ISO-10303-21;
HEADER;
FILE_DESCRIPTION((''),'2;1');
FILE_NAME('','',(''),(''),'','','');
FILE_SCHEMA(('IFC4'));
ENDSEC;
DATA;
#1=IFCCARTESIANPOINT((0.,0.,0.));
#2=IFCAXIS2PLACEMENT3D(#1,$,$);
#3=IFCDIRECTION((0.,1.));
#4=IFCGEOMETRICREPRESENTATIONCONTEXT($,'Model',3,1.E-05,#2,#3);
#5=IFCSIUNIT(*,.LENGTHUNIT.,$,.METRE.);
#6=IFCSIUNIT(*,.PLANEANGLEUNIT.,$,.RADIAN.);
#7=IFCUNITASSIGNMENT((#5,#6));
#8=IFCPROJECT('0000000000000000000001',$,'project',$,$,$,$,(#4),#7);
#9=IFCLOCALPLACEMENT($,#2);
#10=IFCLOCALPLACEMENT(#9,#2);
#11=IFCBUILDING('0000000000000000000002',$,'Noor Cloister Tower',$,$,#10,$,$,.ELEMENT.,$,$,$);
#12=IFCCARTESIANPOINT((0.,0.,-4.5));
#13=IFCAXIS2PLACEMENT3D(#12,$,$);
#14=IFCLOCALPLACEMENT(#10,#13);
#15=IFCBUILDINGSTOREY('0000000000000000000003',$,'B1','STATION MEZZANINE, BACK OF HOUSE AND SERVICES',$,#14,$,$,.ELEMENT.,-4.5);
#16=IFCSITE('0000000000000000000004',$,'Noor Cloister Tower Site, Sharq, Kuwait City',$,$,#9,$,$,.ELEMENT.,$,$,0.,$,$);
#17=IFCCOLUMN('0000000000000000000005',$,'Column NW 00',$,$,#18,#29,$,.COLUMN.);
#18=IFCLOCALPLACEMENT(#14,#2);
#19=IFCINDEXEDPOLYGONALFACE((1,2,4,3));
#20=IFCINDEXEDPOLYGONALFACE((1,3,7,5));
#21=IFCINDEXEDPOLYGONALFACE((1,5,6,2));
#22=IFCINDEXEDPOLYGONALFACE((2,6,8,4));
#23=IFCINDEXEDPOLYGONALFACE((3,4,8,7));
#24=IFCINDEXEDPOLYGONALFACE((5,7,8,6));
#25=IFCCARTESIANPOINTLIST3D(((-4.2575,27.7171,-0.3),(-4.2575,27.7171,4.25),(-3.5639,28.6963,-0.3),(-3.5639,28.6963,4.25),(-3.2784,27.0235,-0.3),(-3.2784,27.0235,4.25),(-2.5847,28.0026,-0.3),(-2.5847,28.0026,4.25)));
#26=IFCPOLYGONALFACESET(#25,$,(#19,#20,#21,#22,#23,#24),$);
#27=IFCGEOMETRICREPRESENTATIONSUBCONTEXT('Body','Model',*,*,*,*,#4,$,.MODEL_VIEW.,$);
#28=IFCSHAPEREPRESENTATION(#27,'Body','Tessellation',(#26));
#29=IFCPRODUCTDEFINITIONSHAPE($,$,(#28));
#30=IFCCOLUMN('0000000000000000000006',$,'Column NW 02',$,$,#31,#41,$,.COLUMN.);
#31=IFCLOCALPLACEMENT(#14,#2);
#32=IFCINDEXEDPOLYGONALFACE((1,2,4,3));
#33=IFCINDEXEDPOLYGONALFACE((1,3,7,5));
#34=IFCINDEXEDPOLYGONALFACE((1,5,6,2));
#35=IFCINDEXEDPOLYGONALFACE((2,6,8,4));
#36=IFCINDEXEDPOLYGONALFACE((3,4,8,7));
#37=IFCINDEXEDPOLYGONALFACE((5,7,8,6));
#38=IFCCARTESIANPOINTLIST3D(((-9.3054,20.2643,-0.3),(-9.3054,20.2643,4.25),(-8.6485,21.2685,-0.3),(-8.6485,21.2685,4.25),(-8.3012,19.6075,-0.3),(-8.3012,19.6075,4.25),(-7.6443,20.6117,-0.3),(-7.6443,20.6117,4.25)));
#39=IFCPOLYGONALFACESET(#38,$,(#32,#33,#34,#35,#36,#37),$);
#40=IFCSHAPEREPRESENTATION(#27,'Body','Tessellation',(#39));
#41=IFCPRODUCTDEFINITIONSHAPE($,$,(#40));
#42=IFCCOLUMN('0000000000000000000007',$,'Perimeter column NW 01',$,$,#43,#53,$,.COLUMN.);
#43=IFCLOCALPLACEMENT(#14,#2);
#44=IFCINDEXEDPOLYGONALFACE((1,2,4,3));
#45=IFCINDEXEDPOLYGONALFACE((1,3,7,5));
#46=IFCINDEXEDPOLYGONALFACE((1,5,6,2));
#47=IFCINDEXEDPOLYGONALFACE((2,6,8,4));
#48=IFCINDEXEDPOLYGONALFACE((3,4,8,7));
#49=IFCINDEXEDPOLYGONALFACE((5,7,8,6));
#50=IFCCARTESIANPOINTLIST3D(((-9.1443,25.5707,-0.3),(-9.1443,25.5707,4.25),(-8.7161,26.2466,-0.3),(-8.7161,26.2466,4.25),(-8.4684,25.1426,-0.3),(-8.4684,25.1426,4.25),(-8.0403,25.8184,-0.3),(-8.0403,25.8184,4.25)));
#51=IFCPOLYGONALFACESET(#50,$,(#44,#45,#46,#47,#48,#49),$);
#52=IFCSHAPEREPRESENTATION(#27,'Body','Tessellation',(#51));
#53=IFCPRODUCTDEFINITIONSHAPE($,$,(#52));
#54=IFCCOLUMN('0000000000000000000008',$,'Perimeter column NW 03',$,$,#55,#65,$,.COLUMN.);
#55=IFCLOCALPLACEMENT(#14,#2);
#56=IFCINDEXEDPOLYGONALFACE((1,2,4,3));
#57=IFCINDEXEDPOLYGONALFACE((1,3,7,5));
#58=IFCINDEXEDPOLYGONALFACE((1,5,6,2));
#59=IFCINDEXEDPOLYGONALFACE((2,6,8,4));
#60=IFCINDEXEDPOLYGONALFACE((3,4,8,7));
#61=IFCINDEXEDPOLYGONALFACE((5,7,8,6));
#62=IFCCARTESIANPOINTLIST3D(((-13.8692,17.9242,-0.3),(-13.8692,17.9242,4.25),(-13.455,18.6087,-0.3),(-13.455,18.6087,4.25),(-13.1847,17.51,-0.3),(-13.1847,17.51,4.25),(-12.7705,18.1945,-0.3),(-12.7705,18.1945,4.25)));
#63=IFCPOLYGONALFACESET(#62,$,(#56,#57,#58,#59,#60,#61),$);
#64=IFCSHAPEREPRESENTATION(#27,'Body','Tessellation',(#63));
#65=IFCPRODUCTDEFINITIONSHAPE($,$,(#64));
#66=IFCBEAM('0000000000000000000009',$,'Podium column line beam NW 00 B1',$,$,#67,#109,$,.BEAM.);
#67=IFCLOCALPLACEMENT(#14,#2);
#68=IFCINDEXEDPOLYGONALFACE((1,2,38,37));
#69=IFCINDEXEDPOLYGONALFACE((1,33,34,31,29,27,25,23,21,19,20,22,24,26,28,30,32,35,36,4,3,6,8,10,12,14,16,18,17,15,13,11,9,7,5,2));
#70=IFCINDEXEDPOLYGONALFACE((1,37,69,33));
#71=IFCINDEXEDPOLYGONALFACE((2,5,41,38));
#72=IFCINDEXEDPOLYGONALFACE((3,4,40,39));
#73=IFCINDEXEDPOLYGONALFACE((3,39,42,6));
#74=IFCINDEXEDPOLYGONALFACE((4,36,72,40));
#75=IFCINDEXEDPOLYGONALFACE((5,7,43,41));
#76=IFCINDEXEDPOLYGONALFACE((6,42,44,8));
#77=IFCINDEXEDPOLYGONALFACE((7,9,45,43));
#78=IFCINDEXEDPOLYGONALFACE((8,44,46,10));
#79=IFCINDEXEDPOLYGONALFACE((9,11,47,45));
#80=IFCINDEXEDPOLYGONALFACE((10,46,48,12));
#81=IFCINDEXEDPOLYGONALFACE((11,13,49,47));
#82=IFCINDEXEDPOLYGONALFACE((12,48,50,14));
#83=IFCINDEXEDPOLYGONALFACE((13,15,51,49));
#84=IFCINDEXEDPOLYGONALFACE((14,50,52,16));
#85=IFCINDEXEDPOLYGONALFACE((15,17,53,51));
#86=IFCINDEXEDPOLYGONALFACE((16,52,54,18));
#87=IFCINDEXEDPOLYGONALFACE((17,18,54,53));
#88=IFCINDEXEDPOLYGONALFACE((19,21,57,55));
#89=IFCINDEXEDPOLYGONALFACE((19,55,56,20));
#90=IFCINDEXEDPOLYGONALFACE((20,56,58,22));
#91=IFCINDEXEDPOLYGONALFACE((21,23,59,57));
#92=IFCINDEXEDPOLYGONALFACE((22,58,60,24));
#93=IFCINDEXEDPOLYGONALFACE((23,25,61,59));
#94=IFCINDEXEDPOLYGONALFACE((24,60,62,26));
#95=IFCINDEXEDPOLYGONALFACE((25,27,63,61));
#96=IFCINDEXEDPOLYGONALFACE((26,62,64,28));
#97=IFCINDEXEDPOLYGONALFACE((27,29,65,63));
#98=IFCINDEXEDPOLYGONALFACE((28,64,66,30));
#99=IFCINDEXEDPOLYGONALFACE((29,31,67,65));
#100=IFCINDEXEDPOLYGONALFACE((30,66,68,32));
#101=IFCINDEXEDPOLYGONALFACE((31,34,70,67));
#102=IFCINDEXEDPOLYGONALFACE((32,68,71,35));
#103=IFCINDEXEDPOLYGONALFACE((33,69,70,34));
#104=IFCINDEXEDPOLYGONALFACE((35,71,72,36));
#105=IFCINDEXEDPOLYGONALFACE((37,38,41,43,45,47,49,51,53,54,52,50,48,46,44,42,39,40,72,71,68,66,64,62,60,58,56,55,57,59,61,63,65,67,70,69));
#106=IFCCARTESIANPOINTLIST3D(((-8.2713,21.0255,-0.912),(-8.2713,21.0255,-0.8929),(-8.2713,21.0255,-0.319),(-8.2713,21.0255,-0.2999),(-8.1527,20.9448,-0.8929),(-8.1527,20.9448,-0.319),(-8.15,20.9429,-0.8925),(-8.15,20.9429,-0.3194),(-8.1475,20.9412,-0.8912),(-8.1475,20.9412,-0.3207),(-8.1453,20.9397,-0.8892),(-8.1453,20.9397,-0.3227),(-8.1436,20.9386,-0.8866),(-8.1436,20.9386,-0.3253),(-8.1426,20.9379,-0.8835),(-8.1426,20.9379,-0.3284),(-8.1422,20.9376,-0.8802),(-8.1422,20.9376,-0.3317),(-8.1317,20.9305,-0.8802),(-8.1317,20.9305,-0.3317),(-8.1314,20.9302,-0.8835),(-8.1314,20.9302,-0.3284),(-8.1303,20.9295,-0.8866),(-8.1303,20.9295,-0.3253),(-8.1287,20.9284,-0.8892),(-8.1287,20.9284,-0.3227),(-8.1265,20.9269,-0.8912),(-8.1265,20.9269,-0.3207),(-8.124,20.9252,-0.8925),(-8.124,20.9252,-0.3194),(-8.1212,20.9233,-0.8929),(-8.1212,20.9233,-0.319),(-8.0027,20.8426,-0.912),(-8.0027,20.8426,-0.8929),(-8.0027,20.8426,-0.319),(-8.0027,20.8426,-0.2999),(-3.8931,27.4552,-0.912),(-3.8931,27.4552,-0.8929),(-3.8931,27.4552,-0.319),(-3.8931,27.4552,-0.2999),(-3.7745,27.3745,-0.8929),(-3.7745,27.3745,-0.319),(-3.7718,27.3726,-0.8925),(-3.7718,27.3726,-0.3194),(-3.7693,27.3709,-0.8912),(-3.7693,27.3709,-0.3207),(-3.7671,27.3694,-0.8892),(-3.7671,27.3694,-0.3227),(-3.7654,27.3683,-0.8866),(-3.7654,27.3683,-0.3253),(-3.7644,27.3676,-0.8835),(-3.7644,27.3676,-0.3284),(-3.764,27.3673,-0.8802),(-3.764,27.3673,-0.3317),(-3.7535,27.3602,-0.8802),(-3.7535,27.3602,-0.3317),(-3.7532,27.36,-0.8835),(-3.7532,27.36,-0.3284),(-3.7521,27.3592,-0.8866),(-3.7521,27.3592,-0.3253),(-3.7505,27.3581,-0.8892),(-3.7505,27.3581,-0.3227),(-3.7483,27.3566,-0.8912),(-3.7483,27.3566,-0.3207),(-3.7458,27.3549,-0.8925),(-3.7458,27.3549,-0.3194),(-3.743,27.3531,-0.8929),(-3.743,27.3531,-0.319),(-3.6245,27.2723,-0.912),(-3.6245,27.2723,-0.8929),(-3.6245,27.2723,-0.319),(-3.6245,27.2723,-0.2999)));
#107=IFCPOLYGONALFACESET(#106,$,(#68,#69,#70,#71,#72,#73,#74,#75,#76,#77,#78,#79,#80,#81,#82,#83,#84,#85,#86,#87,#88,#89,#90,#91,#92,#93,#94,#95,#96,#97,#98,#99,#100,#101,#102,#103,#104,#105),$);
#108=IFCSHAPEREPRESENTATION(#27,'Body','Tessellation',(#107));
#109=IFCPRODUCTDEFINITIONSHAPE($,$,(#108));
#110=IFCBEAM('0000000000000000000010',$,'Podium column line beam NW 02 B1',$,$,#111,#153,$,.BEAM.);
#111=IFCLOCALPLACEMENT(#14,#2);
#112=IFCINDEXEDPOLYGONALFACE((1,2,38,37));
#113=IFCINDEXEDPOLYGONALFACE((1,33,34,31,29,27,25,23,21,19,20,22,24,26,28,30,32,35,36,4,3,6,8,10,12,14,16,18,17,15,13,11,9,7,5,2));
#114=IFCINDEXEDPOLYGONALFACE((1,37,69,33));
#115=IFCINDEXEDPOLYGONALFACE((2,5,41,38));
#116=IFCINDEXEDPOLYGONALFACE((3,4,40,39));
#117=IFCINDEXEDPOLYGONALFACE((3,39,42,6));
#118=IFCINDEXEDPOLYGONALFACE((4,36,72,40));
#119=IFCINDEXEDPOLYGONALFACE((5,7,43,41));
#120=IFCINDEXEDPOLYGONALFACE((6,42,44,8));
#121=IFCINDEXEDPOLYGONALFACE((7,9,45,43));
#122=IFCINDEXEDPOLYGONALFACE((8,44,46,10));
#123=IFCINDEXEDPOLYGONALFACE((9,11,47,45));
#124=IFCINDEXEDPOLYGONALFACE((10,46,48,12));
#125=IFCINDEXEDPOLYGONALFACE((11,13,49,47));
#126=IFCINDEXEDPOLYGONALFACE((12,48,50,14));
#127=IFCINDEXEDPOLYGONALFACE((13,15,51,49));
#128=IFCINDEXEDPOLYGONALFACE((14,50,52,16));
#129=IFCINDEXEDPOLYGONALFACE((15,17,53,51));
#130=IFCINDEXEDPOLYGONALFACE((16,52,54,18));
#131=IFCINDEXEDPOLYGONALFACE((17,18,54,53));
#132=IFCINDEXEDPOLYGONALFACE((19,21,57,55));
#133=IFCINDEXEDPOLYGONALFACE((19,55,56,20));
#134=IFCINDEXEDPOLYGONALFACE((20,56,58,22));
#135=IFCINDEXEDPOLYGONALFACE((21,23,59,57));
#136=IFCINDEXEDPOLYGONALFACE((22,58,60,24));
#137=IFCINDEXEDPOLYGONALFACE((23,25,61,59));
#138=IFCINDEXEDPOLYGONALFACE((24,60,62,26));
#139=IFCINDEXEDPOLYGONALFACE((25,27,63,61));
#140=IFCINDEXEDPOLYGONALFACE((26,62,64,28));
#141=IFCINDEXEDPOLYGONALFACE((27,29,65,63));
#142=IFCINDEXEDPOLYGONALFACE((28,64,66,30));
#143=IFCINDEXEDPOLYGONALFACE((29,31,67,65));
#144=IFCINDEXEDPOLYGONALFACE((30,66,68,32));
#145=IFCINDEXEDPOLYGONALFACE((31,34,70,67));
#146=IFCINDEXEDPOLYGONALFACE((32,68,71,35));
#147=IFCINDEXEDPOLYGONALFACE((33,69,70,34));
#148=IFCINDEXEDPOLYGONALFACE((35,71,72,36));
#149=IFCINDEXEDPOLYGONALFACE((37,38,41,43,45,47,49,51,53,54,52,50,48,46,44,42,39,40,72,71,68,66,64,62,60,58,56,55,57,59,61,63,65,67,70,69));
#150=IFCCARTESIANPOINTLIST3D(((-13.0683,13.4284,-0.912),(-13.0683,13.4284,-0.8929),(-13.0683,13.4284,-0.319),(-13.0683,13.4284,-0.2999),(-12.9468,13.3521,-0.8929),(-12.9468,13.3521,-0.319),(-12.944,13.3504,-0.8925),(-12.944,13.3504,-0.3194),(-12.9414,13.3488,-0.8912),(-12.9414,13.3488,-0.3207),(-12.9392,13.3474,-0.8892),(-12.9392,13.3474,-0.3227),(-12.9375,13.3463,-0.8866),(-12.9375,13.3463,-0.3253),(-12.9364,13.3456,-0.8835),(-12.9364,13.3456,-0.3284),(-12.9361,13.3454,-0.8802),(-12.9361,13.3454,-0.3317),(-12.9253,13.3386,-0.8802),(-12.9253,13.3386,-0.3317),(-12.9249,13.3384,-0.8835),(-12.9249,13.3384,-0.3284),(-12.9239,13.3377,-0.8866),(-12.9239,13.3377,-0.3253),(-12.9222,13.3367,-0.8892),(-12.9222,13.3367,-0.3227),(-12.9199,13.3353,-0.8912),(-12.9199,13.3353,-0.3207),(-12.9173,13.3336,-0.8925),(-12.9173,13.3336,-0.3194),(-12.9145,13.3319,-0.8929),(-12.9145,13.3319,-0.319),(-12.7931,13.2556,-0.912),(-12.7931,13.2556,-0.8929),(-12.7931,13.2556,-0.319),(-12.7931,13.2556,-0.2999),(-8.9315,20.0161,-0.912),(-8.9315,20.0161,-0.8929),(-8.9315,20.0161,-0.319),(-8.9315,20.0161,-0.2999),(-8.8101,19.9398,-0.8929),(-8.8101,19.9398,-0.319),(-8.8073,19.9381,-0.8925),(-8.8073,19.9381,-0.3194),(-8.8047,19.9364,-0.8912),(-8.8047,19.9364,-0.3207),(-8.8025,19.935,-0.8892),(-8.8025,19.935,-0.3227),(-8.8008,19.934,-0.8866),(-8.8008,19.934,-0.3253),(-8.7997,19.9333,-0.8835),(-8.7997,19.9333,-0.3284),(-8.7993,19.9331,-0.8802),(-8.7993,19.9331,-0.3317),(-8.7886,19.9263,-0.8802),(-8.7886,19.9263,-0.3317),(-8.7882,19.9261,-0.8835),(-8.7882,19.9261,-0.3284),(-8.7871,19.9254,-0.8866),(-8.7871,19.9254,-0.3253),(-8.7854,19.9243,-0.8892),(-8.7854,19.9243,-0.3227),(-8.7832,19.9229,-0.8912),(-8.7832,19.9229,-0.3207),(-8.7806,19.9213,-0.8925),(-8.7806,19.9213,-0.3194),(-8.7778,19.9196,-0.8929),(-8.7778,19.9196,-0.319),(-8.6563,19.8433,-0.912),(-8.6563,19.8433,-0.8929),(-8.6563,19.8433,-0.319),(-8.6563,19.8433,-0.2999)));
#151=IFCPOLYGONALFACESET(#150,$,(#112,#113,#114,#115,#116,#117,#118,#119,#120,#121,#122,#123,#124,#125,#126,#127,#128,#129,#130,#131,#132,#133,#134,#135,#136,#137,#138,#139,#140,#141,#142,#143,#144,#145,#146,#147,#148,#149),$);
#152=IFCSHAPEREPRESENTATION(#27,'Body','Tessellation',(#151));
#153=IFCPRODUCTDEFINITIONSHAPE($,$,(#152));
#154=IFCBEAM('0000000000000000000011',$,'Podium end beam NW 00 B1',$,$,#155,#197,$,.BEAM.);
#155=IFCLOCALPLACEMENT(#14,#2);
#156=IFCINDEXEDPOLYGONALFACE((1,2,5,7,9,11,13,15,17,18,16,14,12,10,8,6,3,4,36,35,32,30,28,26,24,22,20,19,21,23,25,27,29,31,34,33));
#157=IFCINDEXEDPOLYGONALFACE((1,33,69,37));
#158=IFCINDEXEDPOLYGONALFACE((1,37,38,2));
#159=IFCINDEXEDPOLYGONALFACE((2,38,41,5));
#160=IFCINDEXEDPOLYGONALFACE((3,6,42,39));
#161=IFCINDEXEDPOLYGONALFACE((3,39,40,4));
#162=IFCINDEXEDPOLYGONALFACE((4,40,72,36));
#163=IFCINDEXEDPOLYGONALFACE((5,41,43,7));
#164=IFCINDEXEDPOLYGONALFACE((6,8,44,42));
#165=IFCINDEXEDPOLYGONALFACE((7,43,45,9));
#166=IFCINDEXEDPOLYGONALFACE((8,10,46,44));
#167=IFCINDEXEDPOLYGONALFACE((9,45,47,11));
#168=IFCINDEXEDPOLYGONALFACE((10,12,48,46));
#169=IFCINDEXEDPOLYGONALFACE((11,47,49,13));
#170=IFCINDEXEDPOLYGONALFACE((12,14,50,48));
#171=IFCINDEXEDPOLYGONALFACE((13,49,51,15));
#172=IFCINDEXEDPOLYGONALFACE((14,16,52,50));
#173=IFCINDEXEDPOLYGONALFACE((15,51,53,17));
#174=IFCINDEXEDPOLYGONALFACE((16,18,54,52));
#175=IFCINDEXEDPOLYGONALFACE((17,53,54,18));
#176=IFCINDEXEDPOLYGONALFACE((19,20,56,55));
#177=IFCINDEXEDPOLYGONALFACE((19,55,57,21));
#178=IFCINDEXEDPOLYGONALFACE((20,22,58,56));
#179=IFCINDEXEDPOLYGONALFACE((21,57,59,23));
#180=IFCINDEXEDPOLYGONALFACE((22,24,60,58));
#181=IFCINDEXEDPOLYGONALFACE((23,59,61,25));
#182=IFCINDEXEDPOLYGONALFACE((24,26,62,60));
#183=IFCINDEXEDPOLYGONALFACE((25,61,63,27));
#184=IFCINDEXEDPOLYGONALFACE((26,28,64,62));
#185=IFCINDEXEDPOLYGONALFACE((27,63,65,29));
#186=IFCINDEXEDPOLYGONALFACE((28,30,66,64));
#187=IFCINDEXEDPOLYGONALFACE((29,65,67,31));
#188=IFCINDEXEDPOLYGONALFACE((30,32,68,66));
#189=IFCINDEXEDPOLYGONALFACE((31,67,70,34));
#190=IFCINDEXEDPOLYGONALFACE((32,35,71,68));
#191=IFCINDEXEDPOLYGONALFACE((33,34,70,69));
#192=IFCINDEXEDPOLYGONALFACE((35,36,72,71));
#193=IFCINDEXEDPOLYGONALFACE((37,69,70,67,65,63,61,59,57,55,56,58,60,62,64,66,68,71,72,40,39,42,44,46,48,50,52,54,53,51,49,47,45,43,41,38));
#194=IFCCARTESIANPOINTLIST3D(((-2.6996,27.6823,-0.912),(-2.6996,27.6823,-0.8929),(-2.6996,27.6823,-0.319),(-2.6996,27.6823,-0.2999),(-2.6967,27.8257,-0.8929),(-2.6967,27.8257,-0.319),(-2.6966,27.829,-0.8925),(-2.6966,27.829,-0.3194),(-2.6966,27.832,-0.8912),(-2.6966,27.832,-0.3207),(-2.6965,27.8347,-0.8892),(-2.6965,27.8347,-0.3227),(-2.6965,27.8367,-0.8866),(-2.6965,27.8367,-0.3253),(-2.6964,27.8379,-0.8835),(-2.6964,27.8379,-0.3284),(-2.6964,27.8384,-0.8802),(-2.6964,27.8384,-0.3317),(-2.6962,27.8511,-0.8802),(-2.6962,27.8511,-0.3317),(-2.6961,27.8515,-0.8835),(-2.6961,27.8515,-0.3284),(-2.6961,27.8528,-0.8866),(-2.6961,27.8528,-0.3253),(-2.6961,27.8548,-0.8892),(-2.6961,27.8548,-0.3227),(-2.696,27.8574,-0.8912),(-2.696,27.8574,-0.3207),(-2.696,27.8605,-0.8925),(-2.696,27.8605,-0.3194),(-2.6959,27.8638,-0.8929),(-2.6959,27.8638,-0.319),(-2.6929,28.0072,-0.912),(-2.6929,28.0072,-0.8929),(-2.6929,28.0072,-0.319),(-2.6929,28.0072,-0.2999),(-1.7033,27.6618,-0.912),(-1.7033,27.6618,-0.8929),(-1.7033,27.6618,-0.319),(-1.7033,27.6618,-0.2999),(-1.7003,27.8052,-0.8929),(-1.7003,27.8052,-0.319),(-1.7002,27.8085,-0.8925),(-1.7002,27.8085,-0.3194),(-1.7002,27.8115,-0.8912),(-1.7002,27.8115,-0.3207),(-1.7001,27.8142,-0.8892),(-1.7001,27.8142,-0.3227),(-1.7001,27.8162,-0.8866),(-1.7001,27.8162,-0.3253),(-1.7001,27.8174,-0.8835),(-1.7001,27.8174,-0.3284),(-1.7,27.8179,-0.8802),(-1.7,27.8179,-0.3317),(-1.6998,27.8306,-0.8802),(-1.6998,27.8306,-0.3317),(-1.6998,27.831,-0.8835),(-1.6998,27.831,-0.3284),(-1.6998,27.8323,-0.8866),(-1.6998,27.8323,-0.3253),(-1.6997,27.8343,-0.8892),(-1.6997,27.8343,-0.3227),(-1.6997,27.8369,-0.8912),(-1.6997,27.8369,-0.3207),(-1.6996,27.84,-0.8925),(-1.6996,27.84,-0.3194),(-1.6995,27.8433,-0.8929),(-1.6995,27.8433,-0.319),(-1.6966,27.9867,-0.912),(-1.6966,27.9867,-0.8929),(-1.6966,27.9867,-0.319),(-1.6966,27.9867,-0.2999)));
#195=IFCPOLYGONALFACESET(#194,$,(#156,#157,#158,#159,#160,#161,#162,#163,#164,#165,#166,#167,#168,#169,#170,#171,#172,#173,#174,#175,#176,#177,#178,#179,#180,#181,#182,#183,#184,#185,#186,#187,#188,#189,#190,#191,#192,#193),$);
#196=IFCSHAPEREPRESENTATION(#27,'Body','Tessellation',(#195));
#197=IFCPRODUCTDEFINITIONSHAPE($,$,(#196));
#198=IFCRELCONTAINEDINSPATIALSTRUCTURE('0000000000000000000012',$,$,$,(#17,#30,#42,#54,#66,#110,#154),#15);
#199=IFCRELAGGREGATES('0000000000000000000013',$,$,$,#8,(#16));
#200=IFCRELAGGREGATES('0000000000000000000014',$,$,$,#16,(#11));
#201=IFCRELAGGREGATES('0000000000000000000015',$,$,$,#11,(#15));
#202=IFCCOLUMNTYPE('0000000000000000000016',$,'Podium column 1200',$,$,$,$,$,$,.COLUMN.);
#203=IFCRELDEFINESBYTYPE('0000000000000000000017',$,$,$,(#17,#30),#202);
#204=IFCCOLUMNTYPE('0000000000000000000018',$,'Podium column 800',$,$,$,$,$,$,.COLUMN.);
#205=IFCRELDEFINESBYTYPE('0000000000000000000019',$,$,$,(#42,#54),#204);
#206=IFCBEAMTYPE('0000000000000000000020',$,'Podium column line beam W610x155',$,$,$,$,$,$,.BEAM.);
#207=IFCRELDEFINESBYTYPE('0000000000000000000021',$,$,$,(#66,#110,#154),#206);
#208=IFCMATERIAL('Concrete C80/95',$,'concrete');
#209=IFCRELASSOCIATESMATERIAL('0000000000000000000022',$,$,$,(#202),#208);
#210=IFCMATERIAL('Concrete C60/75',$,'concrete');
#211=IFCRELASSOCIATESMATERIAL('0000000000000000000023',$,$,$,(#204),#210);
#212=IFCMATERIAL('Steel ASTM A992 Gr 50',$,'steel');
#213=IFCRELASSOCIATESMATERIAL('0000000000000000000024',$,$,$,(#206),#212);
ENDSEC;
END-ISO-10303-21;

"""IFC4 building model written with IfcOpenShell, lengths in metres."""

from ifc_helpers import new_model, si_unit, direction, frame, origin, origin_2d, place, context, subcontext, project, spatial, rectangle, i_section, extrude, material, material_profile, profile_set, type_object, element, save


model = new_model("IFC4")

# Units and contexts
model_context = context("Model", 3, precision=1e-05, world=origin(), true_north=direction((0.0, 1.0)))
body_context = subcontext(model_context, "Body", "Model", "MODEL_VIEW")
ifc_project = project(units=[si_unit("LENGTHUNIT", "METRE"), si_unit("PLANEANGLEUNIT", "RADIAN")], contexts=[model_context])

# Site, building, storey
site_placement = place(None, origin())
site = spatial("IfcSite", under=ifc_project, at=site_placement, Name="Noor Cloister Tower Site, Sharq, Kuwait City", CompositionType="ELEMENT", RefElevation=0.0)
building_placement = place(site_placement, origin())
building = spatial("IfcBuilding", under=site, at=building_placement, Name="Noor Cloister Tower", CompositionType="ELEMENT")
storey_placement = place(building_placement, frame((0.0, 0.0, -4.5)))
storey = spatial("IfcBuildingStorey", under=building, at=storey_placement, Name="B1", Description="STATION MEZZANINE, BACK OF HOUSE AND SERVICES", CompositionType="ELEMENT", Elevation=-4.5)

# Columns
ifc_material_1 = material(Name="Concrete C80/95", Category="concrete")
ifc_material_profile_1 = material_profile(ifc_material_1, rectangle(XDim=1.2, YDim=1.2, at=origin_2d()), Name="Podium column 1200")
ifc_profile_set_1 = profile_set([ifc_material_profile_1], Name="Concrete C80/95")
column_type_1 = type_object("IfcColumnType", Name="Podium column 1200", PredefinedType="COLUMN", material=ifc_profile_set_1)
for number, where, z_axis, x_axis, name in (
    (1, (-3.4211, 27.8599, -0.3), (0.0, 0.0, 1.0), (-0.815983, 0.578076, 0.0), "Column NW 00"),
    (2, (-8.4749, 20.438, -0.3), (0.0, 0.0, 1.0), (-0.836868, 0.547405, 0.0), "Column NW 02"),
):
    element("IfcColumn", number, at=place(storey_placement, frame(where, z_axis=z_axis, x_axis=x_axis)), inside=storey, type_object=column_type_1, Name=name, PredefinedType="COLUMN", context=body_context, shape_type="SweptSolid", body=[
        extrude(rectangle(XDim=1.2, YDim=1.2, at=origin_2d()), origin(), (0.0, 0.0, 1.0), 4.55),
    ])
ifc_material_2 = material(Name="Concrete C60/75", Category="concrete")
ifc_material_profile_2 = material_profile(ifc_material_2, rectangle(XDim=0.8, YDim=0.8, at=origin_2d()), Name="Podium column 800")
ifc_profile_set_2 = profile_set([ifc_material_profile_2], Name="Concrete C60/75")
column_type_2 = type_object("IfcColumnType", Name="Podium column 800", PredefinedType="COLUMN", material=ifc_profile_set_2)
for number, where, z_axis, x_axis, name in (
    (3, (-8.5923, 25.6946, -0.3), (0.0, 0.0, 1.0), (-0.844762, 0.535142, 0.0), "Perimeter column NW 01"),
    (4, (-13.3198, 18.0593, -0.3), (0.0, 0.0, 1.0), (-0.855574, 0.51768, 0.0), "Perimeter column NW 03"),
):
    element("IfcColumn", number, at=place(storey_placement, frame(where, z_axis=z_axis, x_axis=x_axis)), inside=storey, type_object=column_type_2, Name=name, PredefinedType="COLUMN", context=body_context, shape_type="SweptSolid", body=[
        extrude(rectangle(XDim=0.8, YDim=0.8, at=origin_2d()), origin(), (0.0, 0.0, 1.0), 4.55),
    ])

# Beams
ifc_material_3 = material(Name="Steel ASTM A992 Gr 50", Category="steel")
ifc_material_profile_3 = material_profile(ifc_material_3, i_section(OverallWidth=0.325, OverallDepth=0.6121, WebThickness=0.0127, FlangeThickness=0.019, FilletRadius=0.0127, at=origin_2d()), Name="W610x155")
ifc_profile_set_3 = profile_set([ifc_material_profile_3], Name="Steel ASTM A992 Gr 50")
beam_type_1 = type_object("IfcBeamType", Name="Podium column line beam W610x155", PredefinedType="BEAM", material=ifc_profile_set_3)
for number, where, z_axis, x_axis, name in (
    (5, (-3.7588, 27.3638, -0.606), (-0.562836, -0.826568, 0.0), (0.826568, -0.562836, 0.0), "Podium column line beam NW 00 B1"),
    (6, (-8.7939, 19.9297, -0.606), (-0.531795, -0.846873, 0.0), (0.846873, -0.531795, 0.0), "Podium column line beam NW 02 B1"),
):
    element("IfcBeam", number, at=place(storey_placement, frame(where, z_axis=z_axis, x_axis=x_axis)), inside=storey, type_object=beam_type_1, Name=name, PredefinedType="BEAM", context=body_context, shape_type="SweptSolid", body=[
        extrude(i_section(OverallWidth=0.325, OverallDepth=0.6121, WebThickness=0.0127, FlangeThickness=0.019, FilletRadius=0.0127, at=origin_2d()), origin(), (0.0, 0.0, 1.0), 7.7788),
    ])
beam_1_placement = place(storey_placement, frame((-2.6963, 27.8447, -0.606), z_axis=(0.999788, -0.020579, 0.0), x_axis=(0.020579, 0.999788, 0.0)))
element("IfcBeam", 7, at=beam_1_placement, inside=storey, type_object=beam_type_1, Name="Podium end beam NW 00 B1", PredefinedType="BEAM", context=body_context, shape_type="SweptSolid", body=[
    extrude(i_section(OverallWidth=0.325, OverallDepth=0.6121, WebThickness=0.0127, FlangeThickness=0.019, FilletRadius=0.0127, at=origin_2d()), origin(), (0.0, 0.0, 1.0), 0.9966),
])

save(model, "model.ifc")
